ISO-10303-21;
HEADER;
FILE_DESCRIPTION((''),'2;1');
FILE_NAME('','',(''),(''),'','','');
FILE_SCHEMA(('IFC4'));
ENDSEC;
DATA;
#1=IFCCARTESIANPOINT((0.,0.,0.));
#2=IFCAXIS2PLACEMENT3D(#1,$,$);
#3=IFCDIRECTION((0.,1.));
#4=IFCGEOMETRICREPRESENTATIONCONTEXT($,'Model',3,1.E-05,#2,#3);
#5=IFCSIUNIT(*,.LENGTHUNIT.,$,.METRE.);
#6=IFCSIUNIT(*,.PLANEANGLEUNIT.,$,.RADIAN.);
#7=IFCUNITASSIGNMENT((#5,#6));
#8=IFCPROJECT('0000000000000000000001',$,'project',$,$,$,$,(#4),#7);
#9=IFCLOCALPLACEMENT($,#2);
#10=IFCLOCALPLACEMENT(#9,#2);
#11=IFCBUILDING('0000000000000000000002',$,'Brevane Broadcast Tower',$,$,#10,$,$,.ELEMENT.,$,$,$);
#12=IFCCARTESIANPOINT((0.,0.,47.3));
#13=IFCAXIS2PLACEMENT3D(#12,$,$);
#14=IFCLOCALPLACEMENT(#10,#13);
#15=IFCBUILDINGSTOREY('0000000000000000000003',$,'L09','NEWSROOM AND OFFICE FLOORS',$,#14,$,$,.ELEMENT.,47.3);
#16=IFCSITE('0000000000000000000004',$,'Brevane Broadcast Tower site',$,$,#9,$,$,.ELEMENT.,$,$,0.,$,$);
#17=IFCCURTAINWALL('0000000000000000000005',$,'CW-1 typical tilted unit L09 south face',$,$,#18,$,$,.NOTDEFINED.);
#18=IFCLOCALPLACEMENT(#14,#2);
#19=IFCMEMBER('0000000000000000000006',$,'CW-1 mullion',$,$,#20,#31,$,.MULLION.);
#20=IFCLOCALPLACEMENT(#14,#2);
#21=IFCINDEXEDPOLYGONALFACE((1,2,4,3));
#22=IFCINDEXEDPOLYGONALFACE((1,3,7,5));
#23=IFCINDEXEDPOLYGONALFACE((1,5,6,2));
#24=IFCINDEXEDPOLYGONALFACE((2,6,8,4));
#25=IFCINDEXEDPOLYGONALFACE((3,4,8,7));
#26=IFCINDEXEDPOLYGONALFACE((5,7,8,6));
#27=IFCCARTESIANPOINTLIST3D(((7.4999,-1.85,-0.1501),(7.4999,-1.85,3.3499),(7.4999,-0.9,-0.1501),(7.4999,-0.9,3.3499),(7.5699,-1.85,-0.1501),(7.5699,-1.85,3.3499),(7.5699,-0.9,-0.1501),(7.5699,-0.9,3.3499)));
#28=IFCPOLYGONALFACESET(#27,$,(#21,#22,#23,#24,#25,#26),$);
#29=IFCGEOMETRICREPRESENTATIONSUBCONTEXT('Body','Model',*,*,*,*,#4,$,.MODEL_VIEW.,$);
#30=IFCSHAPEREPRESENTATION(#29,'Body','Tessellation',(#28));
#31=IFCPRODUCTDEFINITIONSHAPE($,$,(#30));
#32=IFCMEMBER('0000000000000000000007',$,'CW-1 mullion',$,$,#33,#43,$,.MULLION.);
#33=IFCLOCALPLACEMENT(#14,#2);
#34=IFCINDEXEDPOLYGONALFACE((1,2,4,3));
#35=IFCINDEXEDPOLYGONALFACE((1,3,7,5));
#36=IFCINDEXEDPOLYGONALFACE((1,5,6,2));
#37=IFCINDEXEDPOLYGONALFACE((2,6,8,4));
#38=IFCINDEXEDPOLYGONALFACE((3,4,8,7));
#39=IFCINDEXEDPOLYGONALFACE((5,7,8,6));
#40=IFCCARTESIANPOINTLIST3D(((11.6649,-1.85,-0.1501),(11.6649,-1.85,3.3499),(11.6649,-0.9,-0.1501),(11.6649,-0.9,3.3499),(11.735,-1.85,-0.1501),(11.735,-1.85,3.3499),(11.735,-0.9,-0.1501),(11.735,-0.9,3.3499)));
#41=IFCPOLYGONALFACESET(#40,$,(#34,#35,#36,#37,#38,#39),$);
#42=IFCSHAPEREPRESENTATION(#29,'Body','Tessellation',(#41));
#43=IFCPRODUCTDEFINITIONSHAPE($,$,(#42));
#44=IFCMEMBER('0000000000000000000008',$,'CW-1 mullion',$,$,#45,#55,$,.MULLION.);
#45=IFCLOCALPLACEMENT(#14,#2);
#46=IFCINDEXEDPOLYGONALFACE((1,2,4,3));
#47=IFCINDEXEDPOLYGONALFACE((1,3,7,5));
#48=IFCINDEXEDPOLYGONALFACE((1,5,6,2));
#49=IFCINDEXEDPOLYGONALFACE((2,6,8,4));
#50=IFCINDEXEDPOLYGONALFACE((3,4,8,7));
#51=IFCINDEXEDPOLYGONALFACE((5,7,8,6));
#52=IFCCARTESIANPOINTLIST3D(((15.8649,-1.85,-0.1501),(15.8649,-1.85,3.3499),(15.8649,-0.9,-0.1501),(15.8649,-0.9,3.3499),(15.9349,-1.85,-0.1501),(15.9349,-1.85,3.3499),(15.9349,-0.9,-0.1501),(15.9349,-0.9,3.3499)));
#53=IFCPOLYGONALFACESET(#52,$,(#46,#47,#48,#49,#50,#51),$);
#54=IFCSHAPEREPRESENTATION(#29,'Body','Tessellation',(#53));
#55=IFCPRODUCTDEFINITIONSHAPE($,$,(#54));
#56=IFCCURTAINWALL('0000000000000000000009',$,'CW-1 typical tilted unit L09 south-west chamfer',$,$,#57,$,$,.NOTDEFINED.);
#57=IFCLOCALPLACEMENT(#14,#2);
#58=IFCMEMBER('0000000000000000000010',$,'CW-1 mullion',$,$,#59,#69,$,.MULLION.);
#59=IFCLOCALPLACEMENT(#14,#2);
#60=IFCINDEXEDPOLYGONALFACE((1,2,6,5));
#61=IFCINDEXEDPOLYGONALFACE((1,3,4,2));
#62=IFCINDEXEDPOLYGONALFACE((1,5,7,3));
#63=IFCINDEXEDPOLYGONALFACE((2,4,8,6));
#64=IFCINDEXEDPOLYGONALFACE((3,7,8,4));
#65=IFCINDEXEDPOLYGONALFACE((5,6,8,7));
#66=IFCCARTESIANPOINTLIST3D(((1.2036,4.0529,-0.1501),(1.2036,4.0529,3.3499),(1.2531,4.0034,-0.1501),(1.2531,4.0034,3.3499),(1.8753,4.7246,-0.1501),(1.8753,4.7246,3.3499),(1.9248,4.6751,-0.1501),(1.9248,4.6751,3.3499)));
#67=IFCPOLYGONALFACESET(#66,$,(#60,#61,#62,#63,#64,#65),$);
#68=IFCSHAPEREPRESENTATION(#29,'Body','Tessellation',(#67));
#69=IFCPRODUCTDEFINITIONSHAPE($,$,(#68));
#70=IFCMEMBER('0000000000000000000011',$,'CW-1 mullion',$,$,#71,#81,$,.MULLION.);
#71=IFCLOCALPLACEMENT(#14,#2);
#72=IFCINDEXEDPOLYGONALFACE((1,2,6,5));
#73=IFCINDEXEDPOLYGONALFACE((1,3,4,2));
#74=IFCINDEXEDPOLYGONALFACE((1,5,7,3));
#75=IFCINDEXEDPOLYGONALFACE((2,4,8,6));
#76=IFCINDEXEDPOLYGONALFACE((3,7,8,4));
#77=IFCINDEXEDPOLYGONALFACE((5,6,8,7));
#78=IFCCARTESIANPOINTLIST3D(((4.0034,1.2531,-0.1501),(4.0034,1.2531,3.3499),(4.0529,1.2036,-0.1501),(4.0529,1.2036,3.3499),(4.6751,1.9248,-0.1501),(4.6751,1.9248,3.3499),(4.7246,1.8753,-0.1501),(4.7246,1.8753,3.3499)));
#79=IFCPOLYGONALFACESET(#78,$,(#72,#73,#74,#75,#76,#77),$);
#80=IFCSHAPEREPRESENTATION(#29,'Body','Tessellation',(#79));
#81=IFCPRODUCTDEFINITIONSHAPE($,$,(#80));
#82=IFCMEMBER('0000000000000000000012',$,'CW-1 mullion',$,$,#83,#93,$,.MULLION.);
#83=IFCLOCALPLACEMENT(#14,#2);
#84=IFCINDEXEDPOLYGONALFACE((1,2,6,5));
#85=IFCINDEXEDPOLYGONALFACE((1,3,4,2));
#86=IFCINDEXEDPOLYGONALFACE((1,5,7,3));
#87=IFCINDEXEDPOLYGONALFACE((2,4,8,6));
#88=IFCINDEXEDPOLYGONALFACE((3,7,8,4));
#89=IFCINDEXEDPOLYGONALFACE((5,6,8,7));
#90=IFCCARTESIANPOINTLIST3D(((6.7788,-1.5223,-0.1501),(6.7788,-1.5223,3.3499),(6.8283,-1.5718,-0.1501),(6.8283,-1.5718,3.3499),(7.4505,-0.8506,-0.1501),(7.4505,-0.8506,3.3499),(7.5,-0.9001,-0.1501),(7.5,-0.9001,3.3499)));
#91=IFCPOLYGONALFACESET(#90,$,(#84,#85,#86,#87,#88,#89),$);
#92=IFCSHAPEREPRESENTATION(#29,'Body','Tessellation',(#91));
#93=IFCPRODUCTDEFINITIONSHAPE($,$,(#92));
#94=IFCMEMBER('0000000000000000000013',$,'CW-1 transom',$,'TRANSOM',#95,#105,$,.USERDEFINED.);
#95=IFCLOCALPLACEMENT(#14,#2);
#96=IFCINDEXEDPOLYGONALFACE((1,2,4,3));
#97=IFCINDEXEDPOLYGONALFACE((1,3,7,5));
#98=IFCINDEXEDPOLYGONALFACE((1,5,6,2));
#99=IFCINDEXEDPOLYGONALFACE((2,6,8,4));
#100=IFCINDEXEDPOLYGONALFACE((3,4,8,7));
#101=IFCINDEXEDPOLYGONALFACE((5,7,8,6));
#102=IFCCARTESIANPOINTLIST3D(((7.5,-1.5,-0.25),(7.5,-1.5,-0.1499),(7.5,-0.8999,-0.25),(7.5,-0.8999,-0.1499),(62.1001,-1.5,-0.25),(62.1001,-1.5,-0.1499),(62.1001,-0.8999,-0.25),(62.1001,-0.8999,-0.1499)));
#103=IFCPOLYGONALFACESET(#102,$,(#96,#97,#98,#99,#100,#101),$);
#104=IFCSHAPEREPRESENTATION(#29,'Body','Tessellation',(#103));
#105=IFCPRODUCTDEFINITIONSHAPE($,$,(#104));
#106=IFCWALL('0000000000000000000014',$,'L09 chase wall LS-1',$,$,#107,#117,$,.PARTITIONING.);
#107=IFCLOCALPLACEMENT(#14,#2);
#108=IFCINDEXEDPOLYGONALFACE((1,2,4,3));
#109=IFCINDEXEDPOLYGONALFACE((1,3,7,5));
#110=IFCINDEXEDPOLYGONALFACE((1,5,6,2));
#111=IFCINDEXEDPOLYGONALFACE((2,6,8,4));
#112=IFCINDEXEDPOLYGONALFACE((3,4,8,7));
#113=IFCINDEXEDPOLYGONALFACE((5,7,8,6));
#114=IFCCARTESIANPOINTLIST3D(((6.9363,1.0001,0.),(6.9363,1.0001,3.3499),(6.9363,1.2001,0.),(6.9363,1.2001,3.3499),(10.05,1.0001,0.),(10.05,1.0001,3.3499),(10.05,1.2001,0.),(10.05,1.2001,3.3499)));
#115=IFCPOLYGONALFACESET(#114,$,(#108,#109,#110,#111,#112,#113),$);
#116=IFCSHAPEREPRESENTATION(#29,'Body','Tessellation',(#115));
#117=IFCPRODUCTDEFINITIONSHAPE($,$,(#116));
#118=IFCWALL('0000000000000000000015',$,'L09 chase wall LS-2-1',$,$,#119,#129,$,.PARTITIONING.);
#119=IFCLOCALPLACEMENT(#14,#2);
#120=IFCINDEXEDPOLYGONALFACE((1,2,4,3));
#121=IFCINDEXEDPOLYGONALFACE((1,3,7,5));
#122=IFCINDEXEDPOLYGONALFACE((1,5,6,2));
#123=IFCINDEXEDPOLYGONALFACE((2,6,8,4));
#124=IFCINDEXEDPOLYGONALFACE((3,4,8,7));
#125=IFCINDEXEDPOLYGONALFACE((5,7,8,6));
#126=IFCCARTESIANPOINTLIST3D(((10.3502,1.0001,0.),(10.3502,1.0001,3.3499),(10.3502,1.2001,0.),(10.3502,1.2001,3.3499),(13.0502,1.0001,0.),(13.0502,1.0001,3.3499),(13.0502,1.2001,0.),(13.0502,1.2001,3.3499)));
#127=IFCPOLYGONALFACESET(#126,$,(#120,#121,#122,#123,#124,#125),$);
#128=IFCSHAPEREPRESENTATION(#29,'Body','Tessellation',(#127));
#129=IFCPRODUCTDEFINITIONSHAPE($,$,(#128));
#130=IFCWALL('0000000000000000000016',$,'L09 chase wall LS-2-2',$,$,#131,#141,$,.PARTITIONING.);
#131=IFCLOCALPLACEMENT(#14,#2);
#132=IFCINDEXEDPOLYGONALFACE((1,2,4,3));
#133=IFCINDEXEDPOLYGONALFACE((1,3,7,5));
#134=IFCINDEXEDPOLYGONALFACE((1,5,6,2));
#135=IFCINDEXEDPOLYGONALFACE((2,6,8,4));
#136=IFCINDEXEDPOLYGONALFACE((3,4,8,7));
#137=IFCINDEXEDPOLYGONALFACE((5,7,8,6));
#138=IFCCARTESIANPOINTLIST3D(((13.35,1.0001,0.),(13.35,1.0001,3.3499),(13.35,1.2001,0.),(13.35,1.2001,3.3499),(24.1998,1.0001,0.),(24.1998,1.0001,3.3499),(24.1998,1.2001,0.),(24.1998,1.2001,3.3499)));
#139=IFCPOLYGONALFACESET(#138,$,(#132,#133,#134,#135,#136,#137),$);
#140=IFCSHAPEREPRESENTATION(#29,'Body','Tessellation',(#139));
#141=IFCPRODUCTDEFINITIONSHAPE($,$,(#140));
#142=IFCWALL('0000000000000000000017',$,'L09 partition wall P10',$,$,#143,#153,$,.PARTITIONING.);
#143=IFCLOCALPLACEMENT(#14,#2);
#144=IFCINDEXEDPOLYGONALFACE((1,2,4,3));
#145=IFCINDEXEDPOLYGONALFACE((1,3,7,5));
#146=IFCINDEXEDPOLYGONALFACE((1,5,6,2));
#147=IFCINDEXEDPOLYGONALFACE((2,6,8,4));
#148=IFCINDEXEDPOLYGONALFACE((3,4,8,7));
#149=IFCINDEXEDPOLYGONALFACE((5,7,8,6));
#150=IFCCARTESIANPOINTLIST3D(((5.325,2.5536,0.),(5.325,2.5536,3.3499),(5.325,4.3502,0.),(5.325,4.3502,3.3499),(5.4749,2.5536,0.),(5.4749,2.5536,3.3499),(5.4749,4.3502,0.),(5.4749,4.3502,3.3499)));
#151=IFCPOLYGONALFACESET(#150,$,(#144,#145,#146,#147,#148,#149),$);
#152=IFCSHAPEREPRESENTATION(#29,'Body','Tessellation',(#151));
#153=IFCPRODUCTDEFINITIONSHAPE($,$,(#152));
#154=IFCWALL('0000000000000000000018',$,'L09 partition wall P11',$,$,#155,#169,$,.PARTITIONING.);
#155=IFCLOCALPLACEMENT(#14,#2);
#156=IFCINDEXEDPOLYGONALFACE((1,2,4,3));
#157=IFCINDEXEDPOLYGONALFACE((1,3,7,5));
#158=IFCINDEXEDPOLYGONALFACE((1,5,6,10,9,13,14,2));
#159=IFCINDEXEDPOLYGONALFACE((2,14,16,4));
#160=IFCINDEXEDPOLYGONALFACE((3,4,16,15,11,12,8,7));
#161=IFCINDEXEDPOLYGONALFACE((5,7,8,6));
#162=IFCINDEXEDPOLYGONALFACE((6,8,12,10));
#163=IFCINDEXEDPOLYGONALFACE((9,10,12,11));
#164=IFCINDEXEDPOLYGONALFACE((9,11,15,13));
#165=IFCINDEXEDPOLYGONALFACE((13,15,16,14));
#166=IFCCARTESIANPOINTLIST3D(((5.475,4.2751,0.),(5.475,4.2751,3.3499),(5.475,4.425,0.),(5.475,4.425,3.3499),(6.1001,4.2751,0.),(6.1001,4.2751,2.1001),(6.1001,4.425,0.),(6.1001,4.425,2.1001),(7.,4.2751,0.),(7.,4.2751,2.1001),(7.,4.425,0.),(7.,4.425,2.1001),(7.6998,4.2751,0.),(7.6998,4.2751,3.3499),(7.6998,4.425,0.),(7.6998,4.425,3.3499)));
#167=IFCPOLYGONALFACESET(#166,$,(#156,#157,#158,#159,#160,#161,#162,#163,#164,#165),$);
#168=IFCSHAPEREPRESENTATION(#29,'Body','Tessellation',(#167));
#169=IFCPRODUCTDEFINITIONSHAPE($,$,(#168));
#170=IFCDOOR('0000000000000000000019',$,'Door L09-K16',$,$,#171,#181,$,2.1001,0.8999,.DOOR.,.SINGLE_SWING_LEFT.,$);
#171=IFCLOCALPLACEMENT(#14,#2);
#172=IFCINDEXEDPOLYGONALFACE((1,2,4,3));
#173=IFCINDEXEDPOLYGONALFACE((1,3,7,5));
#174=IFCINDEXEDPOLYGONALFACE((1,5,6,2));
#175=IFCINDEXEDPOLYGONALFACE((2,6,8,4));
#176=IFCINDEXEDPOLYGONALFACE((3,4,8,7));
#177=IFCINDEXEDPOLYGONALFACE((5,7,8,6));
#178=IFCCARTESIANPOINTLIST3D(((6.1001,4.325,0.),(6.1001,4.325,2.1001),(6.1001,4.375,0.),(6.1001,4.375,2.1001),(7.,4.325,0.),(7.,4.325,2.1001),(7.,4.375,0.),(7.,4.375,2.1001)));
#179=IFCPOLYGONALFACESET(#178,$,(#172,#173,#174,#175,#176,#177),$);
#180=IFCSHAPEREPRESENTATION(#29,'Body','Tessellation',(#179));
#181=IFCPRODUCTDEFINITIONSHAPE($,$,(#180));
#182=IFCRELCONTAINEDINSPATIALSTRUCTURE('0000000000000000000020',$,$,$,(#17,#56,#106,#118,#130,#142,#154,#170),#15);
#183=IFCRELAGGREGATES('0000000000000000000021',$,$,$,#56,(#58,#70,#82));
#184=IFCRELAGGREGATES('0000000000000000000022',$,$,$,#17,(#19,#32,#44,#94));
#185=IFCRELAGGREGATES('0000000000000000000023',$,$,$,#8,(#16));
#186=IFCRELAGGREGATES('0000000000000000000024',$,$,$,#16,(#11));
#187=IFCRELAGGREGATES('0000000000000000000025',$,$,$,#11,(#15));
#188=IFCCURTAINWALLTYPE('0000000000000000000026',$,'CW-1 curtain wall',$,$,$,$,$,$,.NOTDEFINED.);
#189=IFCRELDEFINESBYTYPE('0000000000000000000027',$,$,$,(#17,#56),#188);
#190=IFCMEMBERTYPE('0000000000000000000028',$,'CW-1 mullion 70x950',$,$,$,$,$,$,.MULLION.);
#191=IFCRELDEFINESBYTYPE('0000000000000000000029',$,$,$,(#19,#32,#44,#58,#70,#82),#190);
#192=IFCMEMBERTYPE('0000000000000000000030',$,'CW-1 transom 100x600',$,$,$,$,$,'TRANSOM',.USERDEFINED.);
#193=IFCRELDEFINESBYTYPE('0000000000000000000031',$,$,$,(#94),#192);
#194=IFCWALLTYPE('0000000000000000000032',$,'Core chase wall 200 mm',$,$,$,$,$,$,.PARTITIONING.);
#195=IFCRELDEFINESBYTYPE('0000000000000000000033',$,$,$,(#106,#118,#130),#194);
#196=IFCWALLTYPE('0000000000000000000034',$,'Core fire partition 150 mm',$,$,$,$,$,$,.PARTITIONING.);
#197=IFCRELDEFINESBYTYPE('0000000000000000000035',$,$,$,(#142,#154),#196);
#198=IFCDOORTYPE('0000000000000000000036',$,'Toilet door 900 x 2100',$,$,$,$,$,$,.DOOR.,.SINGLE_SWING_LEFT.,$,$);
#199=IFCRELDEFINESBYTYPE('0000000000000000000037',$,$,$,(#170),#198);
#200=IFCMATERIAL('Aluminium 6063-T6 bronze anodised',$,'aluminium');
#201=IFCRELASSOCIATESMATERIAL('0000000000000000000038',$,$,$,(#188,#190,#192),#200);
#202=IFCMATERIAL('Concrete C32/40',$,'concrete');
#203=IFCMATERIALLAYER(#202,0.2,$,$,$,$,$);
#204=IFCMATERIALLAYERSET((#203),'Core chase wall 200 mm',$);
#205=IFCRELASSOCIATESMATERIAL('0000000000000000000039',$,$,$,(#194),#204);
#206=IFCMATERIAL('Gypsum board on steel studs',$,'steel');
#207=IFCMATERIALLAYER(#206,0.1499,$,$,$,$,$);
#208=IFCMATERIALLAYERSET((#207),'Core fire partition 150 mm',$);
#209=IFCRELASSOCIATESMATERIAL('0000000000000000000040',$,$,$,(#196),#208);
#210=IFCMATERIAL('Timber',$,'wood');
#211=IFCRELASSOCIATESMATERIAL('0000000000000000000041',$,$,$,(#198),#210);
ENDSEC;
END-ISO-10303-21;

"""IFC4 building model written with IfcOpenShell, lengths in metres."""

from ifc_helpers import new_model, si_unit, direction, frame, frame_2d, origin, origin_2d, place, context, subcontext, project, spatial, rectangle, extrude, material, layer, layer_set, material_profile, profile_set, type_object, element, fill, aggregate, save


model = new_model("IFC4")

# Units and contexts
model_context = context("Model", 3, precision=1e-05, world=origin(), true_north=direction((0.0, 1.0)))
body_context = subcontext(model_context, "Body", "Model", "MODEL_VIEW")
ifc_project = project(units=[si_unit("LENGTHUNIT", "METRE"), si_unit("PLANEANGLEUNIT", "RADIAN")], contexts=[model_context])

# Site, building, storey
site_placement = place(None, origin())
site = spatial("IfcSite", under=ifc_project, at=site_placement, Name="Brevane Broadcast Tower site", CompositionType="ELEMENT", RefElevation=0.0)
building_placement = place(site_placement, origin())
building = spatial("IfcBuilding", under=site, at=building_placement, Name="Brevane Broadcast Tower", CompositionType="ELEMENT")
storey_placement = place(building_placement, frame((0.0, 0.0, 47.3)))
storey = spatial("IfcBuildingStorey", under=building, at=storey_placement, Name="L09", Description="NEWSROOM AND OFFICE FLOORS", CompositionType="ELEMENT", Elevation=47.3)

# Curtain walls, members
ifc_material_1 = material(Name="Aluminium 6063-T6 bronze anodised", Category="aluminium")
curtain_wall_type = type_object("IfcCurtainWallType", Name="CW-1 curtain wall", PredefinedType="NOTDEFINED", material=ifc_material_1)
curtain_wall_1_placement = place(storey_placement, origin())
curtain_wall_1 = element("IfcCurtainWall", 1, at=curtain_wall_1_placement, inside=storey, type_object=curtain_wall_type, Name="CW-1 typical tilted unit L09 south face", PredefinedType="NOTDEFINED")
ifc_material_profile_1 = material_profile(ifc_material_1, rectangle(XDim=0.95, YDim=0.0701, at=origin_2d()), Name="RECT 70x950")
ifc_profile_set_1 = profile_set([ifc_material_profile_1], Name="Aluminium 6063-T6 bronze anodised")
member_type_1 = type_object("IfcMemberType", Name="CW-1 mullion 70x950", PredefinedType="MULLION", material=ifc_profile_set_1)
member_1_placement = place(storey_placement, frame((7.5349, -1.375, -0.1501), z_axis=(0.0, 0.0, 1.0), x_axis=(0.0, 1.0, 0.0)))
member_1 = element("IfcMember", 2, at=member_1_placement, type_object=member_type_1, Name="CW-1 mullion", PredefinedType="MULLION", context=body_context, shape_type="SweptSolid", body=[
    extrude(rectangle(XDim=0.95, YDim=0.0701, at=origin_2d()), origin(), (0.0, 0.0, 1.0), 3.5),
])
member_2_placement = place(storey_placement, frame((11.7, -1.375, -0.1501), z_axis=(0.0, 0.0, 1.0), x_axis=(0.0, 1.0, 0.0)))
member_2 = element("IfcMember", 3, at=member_2_placement, type_object=member_type_1, Name="CW-1 mullion", PredefinedType="MULLION", context=body_context, shape_type="SweptSolid", body=[
    extrude(rectangle(XDim=0.95, YDim=0.0701, at=origin_2d()), origin(), (0.0, 0.0, 1.0), 3.5),
])
member_3_placement = place(storey_placement, frame((15.8999, -1.375, -0.1501), z_axis=(0.0, 0.0, 1.0), x_axis=(0.0, 1.0, 0.0)))
member_3 = element("IfcMember", 4, at=member_3_placement, type_object=member_type_1, Name="CW-1 mullion", PredefinedType="MULLION", context=body_context, shape_type="SweptSolid", body=[
    extrude(rectangle(XDim=0.95, YDim=0.0701, at=origin_2d()), origin(), (0.0, 0.0, 1.0), 3.5),
])
curtain_wall_2_placement = place(storey_placement, origin())
curtain_wall_2 = element("IfcCurtainWall", 5, at=curtain_wall_2_placement, inside=storey, type_object=curtain_wall_type, Name="CW-1 typical tilted unit L09 south-west chamfer", PredefinedType="NOTDEFINED")
member_4_placement = place(storey_placement, frame((1.5642, 4.364, -0.1501), z_axis=(0.0, 0.0, 1.0), x_axis=(0.707107, 0.707107, 0.0)))
member_4 = element("IfcMember", 6, at=member_4_placement, type_object=member_type_1, Name="CW-1 mullion", PredefinedType="MULLION", context=body_context, shape_type="SweptSolid", body=[
    extrude(rectangle(XDim=0.95, YDim=0.0701, at=origin_2d()), origin(), (0.0, 0.0, 1.0), 3.5),
])
member_5_placement = place(storey_placement, frame((4.364, 1.5642, -0.1501), z_axis=(0.0, 0.0, 1.0), x_axis=(0.707107, 0.707107, 0.0)))
member_5 = element("IfcMember", 7, at=member_5_placement, type_object=member_type_1, Name="CW-1 mullion", PredefinedType="MULLION", context=body_context, shape_type="SweptSolid", body=[
    extrude(rectangle(XDim=0.95, YDim=0.0701, at=origin_2d()), origin(), (0.0, 0.0, 1.0), 3.5),
])
member_6_placement = place(storey_placement, frame((7.1394, -1.2112, -0.1501), z_axis=(0.0, 0.0, 1.0), x_axis=(0.707107, 0.707107, 0.0)))
member_6 = element("IfcMember", 8, at=member_6_placement, type_object=member_type_1, Name="CW-1 mullion", PredefinedType="MULLION", context=body_context, shape_type="SweptSolid", body=[
    extrude(rectangle(XDim=0.95, YDim=0.0701, at=origin_2d()), origin(), (0.0, 0.0, 1.0), 3.5),
])
aggregate(curtain_wall_2, [member_4, member_5, member_6])

# Member
ifc_material_profile_2 = material_profile(ifc_material_1, rectangle(XDim=0.6001, YDim=0.1001, at=origin_2d()), Name="RECT 100x600")
ifc_profile_set_2 = profile_set([ifc_material_profile_2], Name="Aluminium 6063-T6 bronze anodised")
member_type_2 = type_object("IfcMemberType", Name="CW-1 transom 100x600", ElementType="TRANSOM", PredefinedType="USERDEFINED", material=ifc_profile_set_2)
member_7_placement = place(storey_placement, frame((7.5, -1.2, -0.2), z_axis=(1.0, 0.0, 0.0), x_axis=(0.0, 1.0, 0.0)))
member_7 = element("IfcMember", 9, at=member_7_placement, type_object=member_type_2, Name="CW-1 transom", ObjectType="TRANSOM", PredefinedType="USERDEFINED", context=body_context, shape_type="SweptSolid", body=[
    extrude(rectangle(XDim=0.6001, YDim=0.1001, at=origin_2d()), origin(), (0.0, 0.0, 1.0), 54.6001),
])
aggregate(curtain_wall_1, [member_1, member_2, member_3, member_7])

# Walls
ifc_material_2 = material(Name="Concrete C32/40", Category="concrete")
ifc_layer_1 = layer(ifc_material_2, 0.2)
ifc_layer_set_1 = layer_set([ifc_layer_1], Name="Core chase wall 200 mm")
wall_type_1 = type_object("IfcWallType", Name="Core chase wall 200 mm", PredefinedType="PARTITIONING", material=ifc_layer_set_1)
wall_1_placement = place(storey_placement, frame((6.9363, 1.1001, 0.0), z_axis=(0.0, 0.0, 1.0), x_axis=(1.0, 0.0, 0.0)))
element("IfcWall", 10, at=wall_1_placement, inside=storey, type_object=wall_type_1, Name="L09 chase wall LS-1", PredefinedType="PARTITIONING", context=body_context, shape_type="SweptSolid", body=[
    extrude(rectangle(XDim=3.1138, YDim=0.2, at=frame_2d((1.5569, 0.0))), origin(), (0.0, 0.0, 1.0), 3.3499),
])
wall_2_placement = place(storey_placement, frame((10.3501, 1.1001, 0.0), z_axis=(0.0, 0.0, 1.0), x_axis=(1.0, 0.0, 0.0)))
element("IfcWall", 11, at=wall_2_placement, inside=storey, type_object=wall_type_1, Name="L09 chase wall LS-2-1", PredefinedType="PARTITIONING", context=body_context, shape_type="SweptSolid", body=[
    extrude(rectangle(XDim=2.7, YDim=0.2, at=frame_2d((1.3501, 0.0))), origin(), (0.0, 0.0, 1.0), 3.3499),
])
wall_3_placement = place(storey_placement, frame((13.3501, 1.1001, 0.0), z_axis=(0.0, 0.0, 1.0), x_axis=(1.0, 0.0, 0.0)))
element("IfcWall", 12, at=wall_3_placement, inside=storey, type_object=wall_type_1, Name="L09 chase wall LS-2-2", PredefinedType="PARTITIONING", context=body_context, shape_type="SweptSolid", body=[
    extrude(rectangle(XDim=10.8499, YDim=0.2, at=frame_2d((5.4248, 0.0))), origin(), (0.0, 0.0, 1.0), 3.3499),
])
ifc_material_3 = material(Name="Gypsum board on steel studs", Category="steel")
ifc_layer_2 = layer(ifc_material_3, 0.1499)
ifc_layer_set_2 = layer_set([ifc_layer_2], Name="Core fire partition 150 mm")
wall_type_2 = type_object("IfcWallType", Name="Core fire partition 150 mm", PredefinedType="PARTITIONING", material=ifc_layer_set_2)
wall_4_placement = place(storey_placement, frame((5.3999, 2.5535, 0.0), z_axis=(0.0, 0.0, 1.0), x_axis=(0.0, 1.0, 0.0)))
element("IfcWall", 13, at=wall_4_placement, inside=storey, type_object=wall_type_2, Name="L09 partition wall P10", PredefinedType="PARTITIONING", context=body_context, shape_type="SweptSolid", body=[
    extrude(rectangle(XDim=1.7966, YDim=0.1499, at=frame_2d((0.8984, 0.0))), origin(), (0.0, 0.0, 1.0), 3.3499),
])

# Wall, opening, door
wall_5_placement = place(storey_placement, frame((5.4751, 4.3501, 0.0), z_axis=(0.0, 0.0, 1.0), x_axis=(1.0, 0.0, 0.0)))
wall_5 = element("IfcWall", 14, at=wall_5_placement, inside=storey, type_object=wall_type_2, Name="L09 partition wall P11", PredefinedType="PARTITIONING", context=body_context, shape_type="SweptSolid", body=[
    extrude(rectangle(XDim=2.2249, YDim=0.1499, at=frame_2d((1.1123, 0.0))), origin(), (0.0, 0.0, 1.0), 3.3499),
])
opening_1_placement = place(wall_5_placement, frame((0.625, 0.0, 0.0)))
opening_1 = element("IfcOpeningElement", 15, at=opening_1_placement, cuts=wall_5, PredefinedType="OPENING", context=body_context, shape_type="SweptSolid", body=[
    extrude(rectangle(XDim=0.8999, YDim=2.1001, at=frame_2d((0.45, 1.05))), frame((0.0, 0.085, 0.0), z_axis=(0.0, -1.0, 0.0), x_axis=(1.0, 0.0, 0.0)), (0.0, 0.0, 1.0), 0.1699),
])
ifc_material_4 = material(Name="Timber", Category="wood")
door_type_1 = type_object("IfcDoorType", Name="Toilet door 900 x 2100", OperationType="SINGLE_SWING_LEFT", PredefinedType="DOOR", material=ifc_material_4)
door_1_placement = place(opening_1_placement, origin())
door_1 = element("IfcDoor", 16, at=door_1_placement, inside=storey, type_object=door_type_1, Name="Door L09-K16", OperationType="SINGLE_SWING_LEFT", OverallHeight=2.1001, OverallWidth=0.8999, PredefinedType="DOOR", context=body_context, shape_type="SweptSolid", body=[
    extrude(rectangle(XDim=0.8999, YDim=2.1001, at=frame_2d((0.45, 1.05))), frame((0.0, 0.0249, 0.0), z_axis=(0.0, -1.0, 0.0), x_axis=(1.0, 0.0, 0.0)), (0.0, 0.0, 1.0), 0.05),
])
fill(opening_1, door_1)

save(model, "model.ifc")
